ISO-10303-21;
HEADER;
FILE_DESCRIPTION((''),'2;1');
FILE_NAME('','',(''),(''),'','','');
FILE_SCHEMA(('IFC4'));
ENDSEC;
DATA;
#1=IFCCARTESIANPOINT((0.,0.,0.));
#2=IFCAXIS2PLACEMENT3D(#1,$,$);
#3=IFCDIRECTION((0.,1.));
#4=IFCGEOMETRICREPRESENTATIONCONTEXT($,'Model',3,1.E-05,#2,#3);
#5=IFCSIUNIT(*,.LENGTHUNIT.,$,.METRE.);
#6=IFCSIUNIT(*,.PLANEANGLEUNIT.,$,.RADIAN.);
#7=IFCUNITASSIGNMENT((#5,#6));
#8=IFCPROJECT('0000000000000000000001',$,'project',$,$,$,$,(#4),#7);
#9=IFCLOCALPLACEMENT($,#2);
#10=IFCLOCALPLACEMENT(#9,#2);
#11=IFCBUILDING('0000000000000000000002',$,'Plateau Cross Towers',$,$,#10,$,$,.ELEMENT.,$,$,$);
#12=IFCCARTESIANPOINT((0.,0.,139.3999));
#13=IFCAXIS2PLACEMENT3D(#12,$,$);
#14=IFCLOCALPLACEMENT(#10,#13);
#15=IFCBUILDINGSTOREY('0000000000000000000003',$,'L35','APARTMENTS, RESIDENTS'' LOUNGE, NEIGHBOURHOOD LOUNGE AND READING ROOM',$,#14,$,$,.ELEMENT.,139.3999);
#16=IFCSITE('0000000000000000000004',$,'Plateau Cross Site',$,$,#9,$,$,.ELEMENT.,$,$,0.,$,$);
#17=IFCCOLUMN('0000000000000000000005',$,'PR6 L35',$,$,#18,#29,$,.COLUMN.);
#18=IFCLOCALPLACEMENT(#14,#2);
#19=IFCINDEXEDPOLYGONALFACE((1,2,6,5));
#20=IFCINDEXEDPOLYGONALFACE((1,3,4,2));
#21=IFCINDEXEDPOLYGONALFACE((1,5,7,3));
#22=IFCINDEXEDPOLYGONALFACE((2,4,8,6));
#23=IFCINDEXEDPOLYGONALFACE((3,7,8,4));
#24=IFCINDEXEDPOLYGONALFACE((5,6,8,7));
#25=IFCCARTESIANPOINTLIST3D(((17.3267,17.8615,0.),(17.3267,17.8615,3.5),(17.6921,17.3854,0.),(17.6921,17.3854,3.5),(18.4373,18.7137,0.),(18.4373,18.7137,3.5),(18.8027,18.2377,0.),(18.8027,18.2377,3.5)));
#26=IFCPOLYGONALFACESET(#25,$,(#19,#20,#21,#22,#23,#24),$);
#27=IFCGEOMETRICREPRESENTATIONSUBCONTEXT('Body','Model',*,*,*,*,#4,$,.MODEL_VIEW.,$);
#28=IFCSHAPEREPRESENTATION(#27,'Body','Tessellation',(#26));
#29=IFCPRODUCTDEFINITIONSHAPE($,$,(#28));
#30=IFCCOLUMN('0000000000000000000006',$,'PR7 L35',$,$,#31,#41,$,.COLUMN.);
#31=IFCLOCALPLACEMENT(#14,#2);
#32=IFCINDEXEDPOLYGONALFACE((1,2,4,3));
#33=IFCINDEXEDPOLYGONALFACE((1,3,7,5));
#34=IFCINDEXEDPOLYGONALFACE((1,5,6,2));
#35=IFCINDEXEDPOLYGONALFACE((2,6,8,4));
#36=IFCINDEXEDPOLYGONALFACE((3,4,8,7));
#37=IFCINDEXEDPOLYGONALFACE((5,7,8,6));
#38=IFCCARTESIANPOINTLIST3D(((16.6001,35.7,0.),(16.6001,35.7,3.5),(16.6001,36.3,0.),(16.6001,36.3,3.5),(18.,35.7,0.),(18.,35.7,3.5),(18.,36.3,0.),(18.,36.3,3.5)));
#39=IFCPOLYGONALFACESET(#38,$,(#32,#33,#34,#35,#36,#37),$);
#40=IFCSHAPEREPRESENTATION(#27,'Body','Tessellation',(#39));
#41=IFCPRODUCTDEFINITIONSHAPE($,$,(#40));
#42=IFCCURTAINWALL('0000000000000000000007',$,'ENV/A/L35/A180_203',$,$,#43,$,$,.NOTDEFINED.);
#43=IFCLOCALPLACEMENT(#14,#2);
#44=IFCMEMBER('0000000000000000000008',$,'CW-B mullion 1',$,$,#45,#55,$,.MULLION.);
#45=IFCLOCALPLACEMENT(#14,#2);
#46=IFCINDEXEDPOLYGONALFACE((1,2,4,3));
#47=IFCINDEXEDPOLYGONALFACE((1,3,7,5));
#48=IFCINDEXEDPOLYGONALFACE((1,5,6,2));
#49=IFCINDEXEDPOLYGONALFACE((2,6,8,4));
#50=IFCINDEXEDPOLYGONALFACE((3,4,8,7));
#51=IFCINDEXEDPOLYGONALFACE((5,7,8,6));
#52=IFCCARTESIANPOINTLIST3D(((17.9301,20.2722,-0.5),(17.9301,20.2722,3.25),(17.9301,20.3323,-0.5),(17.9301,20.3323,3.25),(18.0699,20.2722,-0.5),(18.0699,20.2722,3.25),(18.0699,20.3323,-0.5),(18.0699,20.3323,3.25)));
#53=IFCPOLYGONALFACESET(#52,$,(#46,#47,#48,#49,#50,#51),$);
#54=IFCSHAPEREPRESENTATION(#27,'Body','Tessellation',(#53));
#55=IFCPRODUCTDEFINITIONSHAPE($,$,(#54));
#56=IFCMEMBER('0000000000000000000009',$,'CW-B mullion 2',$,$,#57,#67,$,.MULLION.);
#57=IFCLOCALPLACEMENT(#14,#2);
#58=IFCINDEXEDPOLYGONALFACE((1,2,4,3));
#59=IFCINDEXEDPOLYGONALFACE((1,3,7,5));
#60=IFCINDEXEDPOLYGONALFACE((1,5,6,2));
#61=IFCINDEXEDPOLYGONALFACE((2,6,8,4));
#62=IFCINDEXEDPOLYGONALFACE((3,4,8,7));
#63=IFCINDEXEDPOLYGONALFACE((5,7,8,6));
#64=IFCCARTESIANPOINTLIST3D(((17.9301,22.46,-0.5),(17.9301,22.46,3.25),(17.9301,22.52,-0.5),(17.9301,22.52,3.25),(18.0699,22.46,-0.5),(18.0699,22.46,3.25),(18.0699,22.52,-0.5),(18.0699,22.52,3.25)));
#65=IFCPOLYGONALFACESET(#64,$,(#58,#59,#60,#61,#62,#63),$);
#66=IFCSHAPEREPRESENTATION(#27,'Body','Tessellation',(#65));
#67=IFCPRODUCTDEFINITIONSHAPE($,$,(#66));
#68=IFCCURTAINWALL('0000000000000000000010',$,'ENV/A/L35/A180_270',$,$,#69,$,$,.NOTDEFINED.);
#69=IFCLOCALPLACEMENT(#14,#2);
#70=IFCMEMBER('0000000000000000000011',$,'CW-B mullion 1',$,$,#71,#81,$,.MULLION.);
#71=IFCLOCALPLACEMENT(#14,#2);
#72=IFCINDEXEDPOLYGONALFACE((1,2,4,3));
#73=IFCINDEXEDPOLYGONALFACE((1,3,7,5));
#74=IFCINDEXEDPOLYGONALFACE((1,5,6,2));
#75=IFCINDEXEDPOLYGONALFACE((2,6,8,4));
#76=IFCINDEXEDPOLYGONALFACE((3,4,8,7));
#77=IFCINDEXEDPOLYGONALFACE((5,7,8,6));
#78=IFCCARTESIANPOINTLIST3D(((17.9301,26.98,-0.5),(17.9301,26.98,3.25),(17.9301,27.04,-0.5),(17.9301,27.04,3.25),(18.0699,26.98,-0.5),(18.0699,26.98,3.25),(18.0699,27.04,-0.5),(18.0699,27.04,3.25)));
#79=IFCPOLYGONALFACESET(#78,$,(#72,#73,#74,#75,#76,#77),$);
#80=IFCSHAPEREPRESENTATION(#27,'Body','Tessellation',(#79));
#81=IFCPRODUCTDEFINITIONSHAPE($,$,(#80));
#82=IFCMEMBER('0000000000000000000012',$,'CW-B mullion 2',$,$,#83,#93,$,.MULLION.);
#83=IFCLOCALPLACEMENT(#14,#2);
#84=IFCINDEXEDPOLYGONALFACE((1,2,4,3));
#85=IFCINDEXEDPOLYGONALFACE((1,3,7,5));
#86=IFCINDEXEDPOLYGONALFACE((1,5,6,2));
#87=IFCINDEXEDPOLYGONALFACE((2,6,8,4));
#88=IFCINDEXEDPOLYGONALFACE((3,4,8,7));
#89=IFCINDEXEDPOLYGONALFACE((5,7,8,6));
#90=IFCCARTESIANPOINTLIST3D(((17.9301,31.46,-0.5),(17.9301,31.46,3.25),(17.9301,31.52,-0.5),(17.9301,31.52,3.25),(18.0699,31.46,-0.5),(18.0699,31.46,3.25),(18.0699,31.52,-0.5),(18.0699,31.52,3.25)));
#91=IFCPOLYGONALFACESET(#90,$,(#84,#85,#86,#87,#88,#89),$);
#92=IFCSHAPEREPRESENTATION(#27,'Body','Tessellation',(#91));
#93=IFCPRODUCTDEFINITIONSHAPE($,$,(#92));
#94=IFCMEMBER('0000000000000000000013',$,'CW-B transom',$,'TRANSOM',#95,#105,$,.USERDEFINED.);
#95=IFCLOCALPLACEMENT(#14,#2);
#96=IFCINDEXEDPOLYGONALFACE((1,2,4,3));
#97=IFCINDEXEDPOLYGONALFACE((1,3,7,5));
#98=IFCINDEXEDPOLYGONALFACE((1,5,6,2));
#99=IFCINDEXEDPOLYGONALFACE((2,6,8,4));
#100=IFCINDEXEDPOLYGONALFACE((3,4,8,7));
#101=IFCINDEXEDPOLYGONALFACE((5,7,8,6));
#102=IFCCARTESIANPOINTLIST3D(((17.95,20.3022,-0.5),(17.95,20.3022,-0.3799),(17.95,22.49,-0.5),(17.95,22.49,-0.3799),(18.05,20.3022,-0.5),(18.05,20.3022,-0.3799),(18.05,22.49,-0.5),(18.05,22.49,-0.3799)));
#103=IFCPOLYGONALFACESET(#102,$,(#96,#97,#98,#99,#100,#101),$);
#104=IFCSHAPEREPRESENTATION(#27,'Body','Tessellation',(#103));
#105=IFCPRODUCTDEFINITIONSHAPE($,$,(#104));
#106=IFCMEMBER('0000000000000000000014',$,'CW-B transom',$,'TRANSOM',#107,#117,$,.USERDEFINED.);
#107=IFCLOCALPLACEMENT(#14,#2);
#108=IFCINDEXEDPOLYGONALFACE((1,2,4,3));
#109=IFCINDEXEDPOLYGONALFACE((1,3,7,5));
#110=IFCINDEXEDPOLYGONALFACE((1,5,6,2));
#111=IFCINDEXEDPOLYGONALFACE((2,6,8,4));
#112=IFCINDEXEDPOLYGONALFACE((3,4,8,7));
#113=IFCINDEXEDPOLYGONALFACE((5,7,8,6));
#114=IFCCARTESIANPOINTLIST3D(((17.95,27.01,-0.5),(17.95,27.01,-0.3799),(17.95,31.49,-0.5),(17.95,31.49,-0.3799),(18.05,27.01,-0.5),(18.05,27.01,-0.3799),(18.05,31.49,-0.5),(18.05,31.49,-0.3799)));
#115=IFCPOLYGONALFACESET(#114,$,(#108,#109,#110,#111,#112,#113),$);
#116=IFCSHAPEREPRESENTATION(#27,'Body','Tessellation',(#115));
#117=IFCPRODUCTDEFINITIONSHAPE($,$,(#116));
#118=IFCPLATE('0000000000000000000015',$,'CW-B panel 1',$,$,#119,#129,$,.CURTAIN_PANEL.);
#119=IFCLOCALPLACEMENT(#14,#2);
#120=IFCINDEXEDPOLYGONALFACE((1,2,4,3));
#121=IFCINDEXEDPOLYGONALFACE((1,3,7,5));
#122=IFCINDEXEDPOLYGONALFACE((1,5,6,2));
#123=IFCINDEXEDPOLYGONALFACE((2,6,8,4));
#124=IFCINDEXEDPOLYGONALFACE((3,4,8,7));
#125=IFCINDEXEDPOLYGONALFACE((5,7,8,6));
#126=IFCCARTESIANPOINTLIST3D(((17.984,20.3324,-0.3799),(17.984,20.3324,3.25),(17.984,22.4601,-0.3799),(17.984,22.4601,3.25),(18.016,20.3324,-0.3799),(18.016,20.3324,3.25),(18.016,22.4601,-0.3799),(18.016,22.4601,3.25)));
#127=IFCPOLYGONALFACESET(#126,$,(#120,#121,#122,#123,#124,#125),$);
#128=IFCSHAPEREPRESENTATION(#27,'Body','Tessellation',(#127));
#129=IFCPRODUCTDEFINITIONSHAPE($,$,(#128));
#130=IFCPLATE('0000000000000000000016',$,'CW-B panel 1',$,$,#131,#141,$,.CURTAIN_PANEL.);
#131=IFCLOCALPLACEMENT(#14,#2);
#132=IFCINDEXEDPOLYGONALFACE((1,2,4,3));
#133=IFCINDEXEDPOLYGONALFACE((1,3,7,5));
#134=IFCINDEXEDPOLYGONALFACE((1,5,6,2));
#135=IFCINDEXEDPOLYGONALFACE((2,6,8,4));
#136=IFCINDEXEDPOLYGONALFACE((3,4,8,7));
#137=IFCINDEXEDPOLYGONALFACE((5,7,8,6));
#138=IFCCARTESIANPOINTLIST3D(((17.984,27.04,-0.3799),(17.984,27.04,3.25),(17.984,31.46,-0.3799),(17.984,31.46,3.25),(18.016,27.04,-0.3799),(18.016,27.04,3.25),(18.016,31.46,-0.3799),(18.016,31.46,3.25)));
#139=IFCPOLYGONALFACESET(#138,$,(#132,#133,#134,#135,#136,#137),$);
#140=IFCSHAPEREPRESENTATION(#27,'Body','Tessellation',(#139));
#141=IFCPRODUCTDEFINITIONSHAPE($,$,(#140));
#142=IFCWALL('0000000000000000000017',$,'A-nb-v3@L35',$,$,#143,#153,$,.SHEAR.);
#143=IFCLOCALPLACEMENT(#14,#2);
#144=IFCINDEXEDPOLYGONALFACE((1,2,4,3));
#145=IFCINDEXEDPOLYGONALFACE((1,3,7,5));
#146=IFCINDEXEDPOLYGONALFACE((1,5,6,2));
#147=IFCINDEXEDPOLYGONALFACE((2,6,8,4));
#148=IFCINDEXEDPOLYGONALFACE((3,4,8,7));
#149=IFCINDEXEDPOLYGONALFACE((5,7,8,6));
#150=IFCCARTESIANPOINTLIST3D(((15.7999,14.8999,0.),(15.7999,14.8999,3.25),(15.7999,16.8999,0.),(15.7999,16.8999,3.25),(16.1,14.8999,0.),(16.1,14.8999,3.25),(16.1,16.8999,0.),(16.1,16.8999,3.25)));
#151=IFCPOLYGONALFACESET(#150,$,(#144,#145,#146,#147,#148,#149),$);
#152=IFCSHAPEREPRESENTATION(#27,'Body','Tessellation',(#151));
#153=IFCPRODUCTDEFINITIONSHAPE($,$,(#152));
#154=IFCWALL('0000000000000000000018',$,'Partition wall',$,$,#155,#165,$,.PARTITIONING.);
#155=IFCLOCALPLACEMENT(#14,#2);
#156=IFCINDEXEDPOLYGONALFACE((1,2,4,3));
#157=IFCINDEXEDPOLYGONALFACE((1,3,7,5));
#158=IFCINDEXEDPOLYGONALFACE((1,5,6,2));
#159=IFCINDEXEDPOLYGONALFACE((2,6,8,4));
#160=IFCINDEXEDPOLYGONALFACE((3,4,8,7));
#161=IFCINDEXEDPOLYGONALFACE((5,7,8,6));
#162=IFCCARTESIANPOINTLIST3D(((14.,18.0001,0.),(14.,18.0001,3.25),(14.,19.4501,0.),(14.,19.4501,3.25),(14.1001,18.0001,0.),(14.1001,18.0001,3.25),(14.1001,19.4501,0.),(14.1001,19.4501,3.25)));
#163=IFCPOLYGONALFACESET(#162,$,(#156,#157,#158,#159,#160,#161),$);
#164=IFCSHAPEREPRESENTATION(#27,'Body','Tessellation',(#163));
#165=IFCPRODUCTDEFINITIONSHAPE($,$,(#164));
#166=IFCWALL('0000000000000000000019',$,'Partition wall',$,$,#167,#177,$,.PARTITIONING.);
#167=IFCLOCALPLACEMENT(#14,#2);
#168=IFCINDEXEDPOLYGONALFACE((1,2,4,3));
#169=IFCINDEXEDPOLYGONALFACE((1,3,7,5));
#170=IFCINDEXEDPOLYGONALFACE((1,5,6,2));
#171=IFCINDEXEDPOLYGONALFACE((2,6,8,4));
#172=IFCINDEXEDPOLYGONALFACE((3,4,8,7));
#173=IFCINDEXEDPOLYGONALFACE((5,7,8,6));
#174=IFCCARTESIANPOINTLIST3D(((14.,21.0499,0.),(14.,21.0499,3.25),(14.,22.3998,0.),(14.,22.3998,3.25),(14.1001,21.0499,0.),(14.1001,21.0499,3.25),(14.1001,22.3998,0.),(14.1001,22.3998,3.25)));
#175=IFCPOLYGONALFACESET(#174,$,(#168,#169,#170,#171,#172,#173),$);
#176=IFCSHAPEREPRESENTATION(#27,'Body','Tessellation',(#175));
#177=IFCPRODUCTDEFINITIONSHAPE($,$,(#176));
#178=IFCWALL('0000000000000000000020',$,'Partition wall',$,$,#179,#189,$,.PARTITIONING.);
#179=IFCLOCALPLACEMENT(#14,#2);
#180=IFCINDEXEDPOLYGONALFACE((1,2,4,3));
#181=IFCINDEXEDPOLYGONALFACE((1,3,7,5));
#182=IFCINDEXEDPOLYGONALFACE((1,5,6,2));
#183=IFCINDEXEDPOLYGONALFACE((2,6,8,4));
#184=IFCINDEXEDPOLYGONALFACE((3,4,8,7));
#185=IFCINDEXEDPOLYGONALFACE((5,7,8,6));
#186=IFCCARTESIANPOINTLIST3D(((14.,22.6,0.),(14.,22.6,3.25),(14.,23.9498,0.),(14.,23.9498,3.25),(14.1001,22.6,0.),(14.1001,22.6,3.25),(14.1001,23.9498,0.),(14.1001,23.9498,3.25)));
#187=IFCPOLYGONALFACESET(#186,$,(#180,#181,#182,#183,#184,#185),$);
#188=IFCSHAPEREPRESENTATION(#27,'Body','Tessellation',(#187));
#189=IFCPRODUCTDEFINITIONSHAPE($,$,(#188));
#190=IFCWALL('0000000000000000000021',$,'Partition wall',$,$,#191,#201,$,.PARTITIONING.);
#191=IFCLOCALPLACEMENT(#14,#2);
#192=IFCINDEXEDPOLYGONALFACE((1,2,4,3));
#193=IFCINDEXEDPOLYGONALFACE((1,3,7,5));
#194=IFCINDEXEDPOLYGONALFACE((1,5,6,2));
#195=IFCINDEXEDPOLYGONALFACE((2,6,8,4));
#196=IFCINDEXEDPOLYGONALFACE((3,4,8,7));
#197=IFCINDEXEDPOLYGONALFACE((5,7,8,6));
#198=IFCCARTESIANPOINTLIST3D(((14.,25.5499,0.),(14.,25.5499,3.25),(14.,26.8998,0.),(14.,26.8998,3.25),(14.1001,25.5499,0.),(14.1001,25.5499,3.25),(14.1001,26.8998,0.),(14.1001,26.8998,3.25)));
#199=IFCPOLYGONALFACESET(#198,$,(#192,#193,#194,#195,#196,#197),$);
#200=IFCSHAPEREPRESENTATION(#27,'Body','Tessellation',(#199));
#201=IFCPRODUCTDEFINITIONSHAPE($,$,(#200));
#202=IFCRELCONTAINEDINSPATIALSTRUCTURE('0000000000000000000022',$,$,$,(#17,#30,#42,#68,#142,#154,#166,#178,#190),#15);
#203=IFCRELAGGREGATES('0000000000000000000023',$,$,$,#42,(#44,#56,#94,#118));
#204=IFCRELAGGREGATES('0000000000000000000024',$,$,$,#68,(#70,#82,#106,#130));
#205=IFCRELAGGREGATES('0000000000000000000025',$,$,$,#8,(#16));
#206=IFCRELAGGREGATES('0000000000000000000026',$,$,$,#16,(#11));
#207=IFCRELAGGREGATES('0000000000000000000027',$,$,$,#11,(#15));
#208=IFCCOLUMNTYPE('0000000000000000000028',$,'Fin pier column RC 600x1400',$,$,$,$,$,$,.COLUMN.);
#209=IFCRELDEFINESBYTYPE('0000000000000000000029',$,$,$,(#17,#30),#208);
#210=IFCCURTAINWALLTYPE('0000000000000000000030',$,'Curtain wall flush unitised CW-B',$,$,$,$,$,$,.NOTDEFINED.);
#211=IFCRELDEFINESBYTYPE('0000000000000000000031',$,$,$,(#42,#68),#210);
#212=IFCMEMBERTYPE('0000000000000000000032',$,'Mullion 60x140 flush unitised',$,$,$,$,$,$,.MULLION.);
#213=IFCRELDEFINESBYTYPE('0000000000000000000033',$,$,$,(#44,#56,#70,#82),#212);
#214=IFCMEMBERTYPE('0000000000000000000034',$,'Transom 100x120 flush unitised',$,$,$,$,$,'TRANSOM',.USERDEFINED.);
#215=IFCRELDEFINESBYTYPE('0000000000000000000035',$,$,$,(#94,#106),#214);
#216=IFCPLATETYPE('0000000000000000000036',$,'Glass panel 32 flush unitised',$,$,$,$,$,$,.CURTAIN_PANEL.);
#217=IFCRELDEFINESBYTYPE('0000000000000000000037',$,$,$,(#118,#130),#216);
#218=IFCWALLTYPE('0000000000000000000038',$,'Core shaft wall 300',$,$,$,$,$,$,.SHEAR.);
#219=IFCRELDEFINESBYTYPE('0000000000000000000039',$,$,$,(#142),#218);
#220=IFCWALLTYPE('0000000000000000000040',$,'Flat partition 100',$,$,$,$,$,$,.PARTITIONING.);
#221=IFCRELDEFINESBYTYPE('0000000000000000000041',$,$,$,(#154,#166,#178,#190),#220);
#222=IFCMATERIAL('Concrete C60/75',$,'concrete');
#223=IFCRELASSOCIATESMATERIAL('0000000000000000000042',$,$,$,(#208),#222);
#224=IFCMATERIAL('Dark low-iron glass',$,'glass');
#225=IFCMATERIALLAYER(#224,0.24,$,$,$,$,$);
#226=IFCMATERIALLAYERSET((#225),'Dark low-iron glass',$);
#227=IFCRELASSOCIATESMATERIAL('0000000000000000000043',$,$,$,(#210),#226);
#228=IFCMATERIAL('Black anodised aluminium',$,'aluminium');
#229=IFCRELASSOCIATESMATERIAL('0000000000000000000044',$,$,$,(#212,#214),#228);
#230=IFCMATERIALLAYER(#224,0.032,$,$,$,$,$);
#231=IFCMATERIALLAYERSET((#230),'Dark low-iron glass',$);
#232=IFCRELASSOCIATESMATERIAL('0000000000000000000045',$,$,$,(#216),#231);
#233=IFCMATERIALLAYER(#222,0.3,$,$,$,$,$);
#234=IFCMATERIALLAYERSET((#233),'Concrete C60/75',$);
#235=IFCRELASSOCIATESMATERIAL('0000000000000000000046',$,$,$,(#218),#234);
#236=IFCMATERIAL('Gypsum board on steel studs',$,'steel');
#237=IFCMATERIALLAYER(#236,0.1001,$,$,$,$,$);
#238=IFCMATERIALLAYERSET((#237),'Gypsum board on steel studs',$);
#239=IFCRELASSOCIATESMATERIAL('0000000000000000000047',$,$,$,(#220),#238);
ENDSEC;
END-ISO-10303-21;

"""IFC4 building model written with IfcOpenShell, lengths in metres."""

from ifc_helpers import new_model, si_unit, direction, frame, frame_2d, origin, origin_2d, place, context, subcontext, project, spatial, rectangle, extrude, material, layer, layer_set, material_profile, profile_set, type_object, element, aggregate, save


model = new_model("IFC4")

# Units and contexts
model_context = context("Model", 3, precision=1e-05, world=origin(), true_north=direction((0.0, 1.0)))
body_context = subcontext(model_context, "Body", "Model", "MODEL_VIEW")
ifc_project = project(units=[si_unit("LENGTHUNIT", "METRE"), si_unit("PLANEANGLEUNIT", "RADIAN")], contexts=[model_context])

# Site, building, storey
site_placement = place(None, origin())
site = spatial("IfcSite", under=ifc_project, at=site_placement, Name="Plateau Cross Site", CompositionType="ELEMENT", RefElevation=0.0)
building_placement = place(site_placement, origin())
building = spatial("IfcBuilding", under=site, at=building_placement, Name="Plateau Cross Towers", CompositionType="ELEMENT")
storey_placement = place(building_placement, frame((0.0, 0.0, 139.3999)))
storey = spatial("IfcBuildingStorey", under=building, at=storey_placement, Name="L35", Description="APARTMENTS, RESIDENTS' LOUNGE, NEIGHBOURHOOD LOUNGE AND READING ROOM", CompositionType="ELEMENT", Elevation=139.3999)

# Columns
ifc_material_1 = material(Name="Concrete C60/75", Category="concrete")
ifc_material_profile_1 = material_profile(ifc_material_1, rectangle(XDim=0.6001, YDim=1.3999, at=origin_2d()), Name="RC 600x1400")
ifc_profile_set_1 = profile_set([ifc_material_profile_1], Name="Concrete C60/75")
column_type = type_object("IfcColumnType", Name="Fin pier column RC 600x1400", PredefinedType="COLUMN", material=ifc_profile_set_1)
for number, where, z_axis, x_axis, name in (
    (1, (18.0647, 18.0496, 0.0), (0.0, 0.0, 1.0), (-0.608811, 0.793315, 0.0), "PR6 L35"),
    (2, (17.3, 36.0, 0.0), (0.0, 0.0, 1.0), (0.0, 1.0, 0.0), "PR7 L35"),
):
    element("IfcColumn", number, at=place(storey_placement, frame(where, z_axis=z_axis, x_axis=x_axis)), inside=storey, type_object=column_type, Name=name, PredefinedType="COLUMN", context=body_context, shape_type="SweptSolid", body=[
        extrude(rectangle(XDim=0.6001, YDim=1.3999, at=origin_2d()), origin(), (0.0, 0.0, 1.0), 3.5),
    ])

# Curtain walls, members
ifc_material_2 = material(Name="Dark low-iron glass", Category="glass")
ifc_layer_1 = layer(ifc_material_2, 0.24)
ifc_layer_set_1 = layer_set([ifc_layer_1], Name="Dark low-iron glass")
curtain_wall_type = type_object("IfcCurtainWallType", Name="Curtain wall flush unitised CW-B", PredefinedType="NOTDEFINED", material=ifc_layer_set_1)
curtain_wall_1_placement = place(storey_placement, origin())
curtain_wall_1 = element("IfcCurtainWall", 3, at=curtain_wall_1_placement, inside=storey, type_object=curtain_wall_type, Name="ENV/A/L35/A180_203", PredefinedType="NOTDEFINED")
ifc_material_3 = material(Name="Black anodised aluminium", Category="aluminium")
ifc_material_profile_2 = material_profile(ifc_material_3, rectangle(XDim=0.0601, YDim=0.1399, at=origin_2d()), Name="MULLION 60x140")
ifc_profile_set_2 = profile_set([ifc_material_profile_2], Name="Black anodised aluminium")
member_type_1 = type_object("IfcMemberType", Name="Mullion 60x140 flush unitised", PredefinedType="MULLION", material=ifc_profile_set_2)
member_1_placement = place(storey_placement, frame((18.0, 20.3022, -0.5), z_axis=(0.0, 0.0, 1.0), x_axis=(0.0, 1.0, 0.0)))
member_1 = element("IfcMember", 4, at=member_1_placement, type_object=member_type_1, Name="CW-B mullion 1", PredefinedType="MULLION", context=body_context, shape_type="SweptSolid", body=[
    extrude(rectangle(XDim=0.0601, YDim=0.1399, at=origin_2d()), origin(), (0.0, 0.0, 1.0), 3.75),
])
member_2_placement = place(storey_placement, frame((18.0, 22.49, -0.5), z_axis=(0.0, 0.0, 1.0), x_axis=(0.0, 1.0, 0.0)))
member_2 = element("IfcMember", 5, at=member_2_placement, type_object=member_type_1, Name="CW-B mullion 2", PredefinedType="MULLION", context=body_context, shape_type="SweptSolid", body=[
    extrude(rectangle(XDim=0.0601, YDim=0.1399, at=origin_2d()), origin(), (0.0, 0.0, 1.0), 3.75),
])
curtain_wall_2_placement = place(storey_placement, origin())
curtain_wall_2 = element("IfcCurtainWall", 6, at=curtain_wall_2_placement, inside=storey, type_object=curtain_wall_type, Name="ENV/A/L35/A180_270", PredefinedType="NOTDEFINED")
member_3_placement = place(storey_placement, frame((18.0, 27.01, -0.5), z_axis=(0.0, 0.0, 1.0), x_axis=(0.0, 1.0, 0.0)))
member_3 = element("IfcMember", 7, at=member_3_placement, type_object=member_type_1, Name="CW-B mullion 1", PredefinedType="MULLION", context=body_context, shape_type="SweptSolid", body=[
    extrude(rectangle(XDim=0.0601, YDim=0.1399, at=origin_2d()), origin(), (0.0, 0.0, 1.0), 3.75),
])
member_4_placement = place(storey_placement, frame((18.0, 31.49, -0.5), z_axis=(0.0, 0.0, 1.0), x_axis=(0.0, 1.0, 0.0)))
member_4 = element("IfcMember", 8, at=member_4_placement, type_object=member_type_1, Name="CW-B mullion 2", PredefinedType="MULLION", context=body_context, shape_type="SweptSolid", body=[
    extrude(rectangle(XDim=0.0601, YDim=0.1399, at=origin_2d()), origin(), (0.0, 0.0, 1.0), 3.75),
])

# Members
ifc_material_profile_3 = material_profile(ifc_material_3, rectangle(XDim=0.1001, YDim=0.1201, at=origin_2d()), Name="TRANSOM 100x120")
ifc_profile_set_3 = profile_set([ifc_material_profile_3], Name="Black anodised aluminium")
member_type_2 = type_object("IfcMemberType", Name="Transom 100x120 flush unitised", ElementType="TRANSOM", PredefinedType="USERDEFINED", material=ifc_profile_set_3)
member_5_placement = place(storey_placement, frame((18.0, 20.3022, -0.4399), z_axis=(0.0, 1.0, 0.0), x_axis=(-1.0, 0.0, 0.0)))
member_5 = element("IfcMember", 9, at=member_5_placement, type_object=member_type_2, Name="CW-B transom", ObjectType="TRANSOM", PredefinedType="USERDEFINED", context=body_context, shape_type="SweptSolid", body=[
    extrude(rectangle(XDim=0.1001, YDim=0.1201, at=origin_2d()), origin(), (0.0, 0.0, 1.0), 2.1877),
])
member_6_placement = place(storey_placement, frame((18.0, 27.01, -0.4399), z_axis=(0.0, 1.0, 0.0), x_axis=(-1.0, 0.0, 0.0)))
member_6 = element("IfcMember", 10, at=member_6_placement, type_object=member_type_2, Name="CW-B transom", ObjectType="TRANSOM", PredefinedType="USERDEFINED", context=body_context, shape_type="SweptSolid", body=[
    extrude(rectangle(XDim=0.1001, YDim=0.1201, at=origin_2d()), origin(), (0.0, 0.0, 1.0), 4.48),
])

# Plates
ifc_layer_2 = layer(ifc_material_2, 0.032)
ifc_layer_set_2 = layer_set([ifc_layer_2], Name="Dark low-iron glass")
plate_type = type_object("IfcPlateType", Name="Glass panel 32 flush unitised", PredefinedType="CURTAIN_PANEL", material=ifc_layer_set_2)
plate_1_placement = place(storey_placement, frame((18.0, 21.3962, -0.3799), z_axis=(0.0, 0.0, 1.0), x_axis=(0.0, 1.0, 0.0)))
plate_1 = element("IfcPlate", 11, at=plate_1_placement, type_object=plate_type, Name="CW-B panel 1", PredefinedType="CURTAIN_PANEL", context=body_context, shape_type="SweptSolid", body=[
    extrude(rectangle(XDim=2.1277, YDim=0.032, at=origin_2d()), origin(), (0.0, 0.0, 1.0), 3.6299),
])
aggregate(curtain_wall_1, [member_1, member_2, member_5, plate_1])
plate_2_placement = place(storey_placement, frame((18.0, 29.25, -0.3799), z_axis=(0.0, 0.0, 1.0), x_axis=(0.0, 1.0, 0.0)))
plate_2 = element("IfcPlate", 12, at=plate_2_placement, type_object=plate_type, Name="CW-B panel 1", PredefinedType="CURTAIN_PANEL", context=body_context, shape_type="SweptSolid", body=[
    extrude(rectangle(XDim=4.4199, YDim=0.032, at=origin_2d()), origin(), (0.0, 0.0, 1.0), 3.6299),
])
aggregate(curtain_wall_2, [member_3, member_4, member_6, plate_2])

# Walls
ifc_layer_3 = layer(ifc_material_1, 0.3)
ifc_layer_set_3 = layer_set([ifc_layer_3], Name="Concrete C60/75")
wall_type_1 = type_object("IfcWallType", Name="Core shaft wall 300", PredefinedType="SHEAR", material=ifc_layer_set_3)
wall_1_placement = place(storey_placement, frame((15.95, 14.8999, 0.0), z_axis=(0.0, 0.0, 1.0), x_axis=(0.0, 1.0, 0.0)))
element("IfcWall", 13, at=wall_1_placement, inside=storey, type_object=wall_type_1, Name="A-nb-v3@L35", PredefinedType="SHEAR", context=body_context, shape_type="SweptSolid", body=[
    extrude(rectangle(XDim=2.0, YDim=0.3, at=frame_2d((1.0, 0.0))), origin(), (0.0, 0.0, 1.0), 3.25),
])
ifc_material_4 = material(Name="Gypsum board on steel studs", Category="steel")
ifc_layer_4 = layer(ifc_material_4, 0.1001)
ifc_layer_set_4 = layer_set([ifc_layer_4], Name="Gypsum board on steel studs")
wall_type_2 = type_object("IfcWallType", Name="Flat partition 100", PredefinedType="PARTITIONING", material=ifc_layer_set_4)
wall_2_placement = place(storey_placement, frame((14.05, 18.0, 0.0), z_axis=(0.0, 0.0, 1.0), x_axis=(0.0, 1.0, 0.0)))
element("IfcWall", 14, at=wall_2_placement, inside=storey, type_object=wall_type_2, Name="Partition wall", PredefinedType="PARTITIONING", context=body_context, shape_type="SweptSolid", body=[
    extrude(rectangle(XDim=1.45, YDim=0.1001, at=frame_2d((0.7251, 0.0))), origin(), (0.0, 0.0, 1.0), 3.25),
])
for number, where, z_axis, x_axis, name in (
    (15, (14.05, 21.05, 0.0), (0.0, 0.0, 1.0), (0.0, 1.0, 0.0), "Partition wall"),
    (16, (14.05, 22.6001, 0.0), (0.0, 0.0, 1.0), (0.0, 1.0, 0.0), "Partition wall"),
    (17, (14.05, 25.55, 0.0), (0.0, 0.0, 1.0), (0.0, 1.0, 0.0), "Partition wall"),
):
    element("IfcWall", number, at=place(storey_placement, frame(where, z_axis=z_axis, x_axis=x_axis)), inside=storey, type_object=wall_type_2, Name=name, PredefinedType="PARTITIONING", context=body_context, shape_type="SweptSolid", body=[
        extrude(rectangle(XDim=1.3499, YDim=0.1001, at=frame_2d((0.6748, 0.0))), origin(), (0.0, 0.0, 1.0), 3.25),
    ])

save(model, "model.ifc")
